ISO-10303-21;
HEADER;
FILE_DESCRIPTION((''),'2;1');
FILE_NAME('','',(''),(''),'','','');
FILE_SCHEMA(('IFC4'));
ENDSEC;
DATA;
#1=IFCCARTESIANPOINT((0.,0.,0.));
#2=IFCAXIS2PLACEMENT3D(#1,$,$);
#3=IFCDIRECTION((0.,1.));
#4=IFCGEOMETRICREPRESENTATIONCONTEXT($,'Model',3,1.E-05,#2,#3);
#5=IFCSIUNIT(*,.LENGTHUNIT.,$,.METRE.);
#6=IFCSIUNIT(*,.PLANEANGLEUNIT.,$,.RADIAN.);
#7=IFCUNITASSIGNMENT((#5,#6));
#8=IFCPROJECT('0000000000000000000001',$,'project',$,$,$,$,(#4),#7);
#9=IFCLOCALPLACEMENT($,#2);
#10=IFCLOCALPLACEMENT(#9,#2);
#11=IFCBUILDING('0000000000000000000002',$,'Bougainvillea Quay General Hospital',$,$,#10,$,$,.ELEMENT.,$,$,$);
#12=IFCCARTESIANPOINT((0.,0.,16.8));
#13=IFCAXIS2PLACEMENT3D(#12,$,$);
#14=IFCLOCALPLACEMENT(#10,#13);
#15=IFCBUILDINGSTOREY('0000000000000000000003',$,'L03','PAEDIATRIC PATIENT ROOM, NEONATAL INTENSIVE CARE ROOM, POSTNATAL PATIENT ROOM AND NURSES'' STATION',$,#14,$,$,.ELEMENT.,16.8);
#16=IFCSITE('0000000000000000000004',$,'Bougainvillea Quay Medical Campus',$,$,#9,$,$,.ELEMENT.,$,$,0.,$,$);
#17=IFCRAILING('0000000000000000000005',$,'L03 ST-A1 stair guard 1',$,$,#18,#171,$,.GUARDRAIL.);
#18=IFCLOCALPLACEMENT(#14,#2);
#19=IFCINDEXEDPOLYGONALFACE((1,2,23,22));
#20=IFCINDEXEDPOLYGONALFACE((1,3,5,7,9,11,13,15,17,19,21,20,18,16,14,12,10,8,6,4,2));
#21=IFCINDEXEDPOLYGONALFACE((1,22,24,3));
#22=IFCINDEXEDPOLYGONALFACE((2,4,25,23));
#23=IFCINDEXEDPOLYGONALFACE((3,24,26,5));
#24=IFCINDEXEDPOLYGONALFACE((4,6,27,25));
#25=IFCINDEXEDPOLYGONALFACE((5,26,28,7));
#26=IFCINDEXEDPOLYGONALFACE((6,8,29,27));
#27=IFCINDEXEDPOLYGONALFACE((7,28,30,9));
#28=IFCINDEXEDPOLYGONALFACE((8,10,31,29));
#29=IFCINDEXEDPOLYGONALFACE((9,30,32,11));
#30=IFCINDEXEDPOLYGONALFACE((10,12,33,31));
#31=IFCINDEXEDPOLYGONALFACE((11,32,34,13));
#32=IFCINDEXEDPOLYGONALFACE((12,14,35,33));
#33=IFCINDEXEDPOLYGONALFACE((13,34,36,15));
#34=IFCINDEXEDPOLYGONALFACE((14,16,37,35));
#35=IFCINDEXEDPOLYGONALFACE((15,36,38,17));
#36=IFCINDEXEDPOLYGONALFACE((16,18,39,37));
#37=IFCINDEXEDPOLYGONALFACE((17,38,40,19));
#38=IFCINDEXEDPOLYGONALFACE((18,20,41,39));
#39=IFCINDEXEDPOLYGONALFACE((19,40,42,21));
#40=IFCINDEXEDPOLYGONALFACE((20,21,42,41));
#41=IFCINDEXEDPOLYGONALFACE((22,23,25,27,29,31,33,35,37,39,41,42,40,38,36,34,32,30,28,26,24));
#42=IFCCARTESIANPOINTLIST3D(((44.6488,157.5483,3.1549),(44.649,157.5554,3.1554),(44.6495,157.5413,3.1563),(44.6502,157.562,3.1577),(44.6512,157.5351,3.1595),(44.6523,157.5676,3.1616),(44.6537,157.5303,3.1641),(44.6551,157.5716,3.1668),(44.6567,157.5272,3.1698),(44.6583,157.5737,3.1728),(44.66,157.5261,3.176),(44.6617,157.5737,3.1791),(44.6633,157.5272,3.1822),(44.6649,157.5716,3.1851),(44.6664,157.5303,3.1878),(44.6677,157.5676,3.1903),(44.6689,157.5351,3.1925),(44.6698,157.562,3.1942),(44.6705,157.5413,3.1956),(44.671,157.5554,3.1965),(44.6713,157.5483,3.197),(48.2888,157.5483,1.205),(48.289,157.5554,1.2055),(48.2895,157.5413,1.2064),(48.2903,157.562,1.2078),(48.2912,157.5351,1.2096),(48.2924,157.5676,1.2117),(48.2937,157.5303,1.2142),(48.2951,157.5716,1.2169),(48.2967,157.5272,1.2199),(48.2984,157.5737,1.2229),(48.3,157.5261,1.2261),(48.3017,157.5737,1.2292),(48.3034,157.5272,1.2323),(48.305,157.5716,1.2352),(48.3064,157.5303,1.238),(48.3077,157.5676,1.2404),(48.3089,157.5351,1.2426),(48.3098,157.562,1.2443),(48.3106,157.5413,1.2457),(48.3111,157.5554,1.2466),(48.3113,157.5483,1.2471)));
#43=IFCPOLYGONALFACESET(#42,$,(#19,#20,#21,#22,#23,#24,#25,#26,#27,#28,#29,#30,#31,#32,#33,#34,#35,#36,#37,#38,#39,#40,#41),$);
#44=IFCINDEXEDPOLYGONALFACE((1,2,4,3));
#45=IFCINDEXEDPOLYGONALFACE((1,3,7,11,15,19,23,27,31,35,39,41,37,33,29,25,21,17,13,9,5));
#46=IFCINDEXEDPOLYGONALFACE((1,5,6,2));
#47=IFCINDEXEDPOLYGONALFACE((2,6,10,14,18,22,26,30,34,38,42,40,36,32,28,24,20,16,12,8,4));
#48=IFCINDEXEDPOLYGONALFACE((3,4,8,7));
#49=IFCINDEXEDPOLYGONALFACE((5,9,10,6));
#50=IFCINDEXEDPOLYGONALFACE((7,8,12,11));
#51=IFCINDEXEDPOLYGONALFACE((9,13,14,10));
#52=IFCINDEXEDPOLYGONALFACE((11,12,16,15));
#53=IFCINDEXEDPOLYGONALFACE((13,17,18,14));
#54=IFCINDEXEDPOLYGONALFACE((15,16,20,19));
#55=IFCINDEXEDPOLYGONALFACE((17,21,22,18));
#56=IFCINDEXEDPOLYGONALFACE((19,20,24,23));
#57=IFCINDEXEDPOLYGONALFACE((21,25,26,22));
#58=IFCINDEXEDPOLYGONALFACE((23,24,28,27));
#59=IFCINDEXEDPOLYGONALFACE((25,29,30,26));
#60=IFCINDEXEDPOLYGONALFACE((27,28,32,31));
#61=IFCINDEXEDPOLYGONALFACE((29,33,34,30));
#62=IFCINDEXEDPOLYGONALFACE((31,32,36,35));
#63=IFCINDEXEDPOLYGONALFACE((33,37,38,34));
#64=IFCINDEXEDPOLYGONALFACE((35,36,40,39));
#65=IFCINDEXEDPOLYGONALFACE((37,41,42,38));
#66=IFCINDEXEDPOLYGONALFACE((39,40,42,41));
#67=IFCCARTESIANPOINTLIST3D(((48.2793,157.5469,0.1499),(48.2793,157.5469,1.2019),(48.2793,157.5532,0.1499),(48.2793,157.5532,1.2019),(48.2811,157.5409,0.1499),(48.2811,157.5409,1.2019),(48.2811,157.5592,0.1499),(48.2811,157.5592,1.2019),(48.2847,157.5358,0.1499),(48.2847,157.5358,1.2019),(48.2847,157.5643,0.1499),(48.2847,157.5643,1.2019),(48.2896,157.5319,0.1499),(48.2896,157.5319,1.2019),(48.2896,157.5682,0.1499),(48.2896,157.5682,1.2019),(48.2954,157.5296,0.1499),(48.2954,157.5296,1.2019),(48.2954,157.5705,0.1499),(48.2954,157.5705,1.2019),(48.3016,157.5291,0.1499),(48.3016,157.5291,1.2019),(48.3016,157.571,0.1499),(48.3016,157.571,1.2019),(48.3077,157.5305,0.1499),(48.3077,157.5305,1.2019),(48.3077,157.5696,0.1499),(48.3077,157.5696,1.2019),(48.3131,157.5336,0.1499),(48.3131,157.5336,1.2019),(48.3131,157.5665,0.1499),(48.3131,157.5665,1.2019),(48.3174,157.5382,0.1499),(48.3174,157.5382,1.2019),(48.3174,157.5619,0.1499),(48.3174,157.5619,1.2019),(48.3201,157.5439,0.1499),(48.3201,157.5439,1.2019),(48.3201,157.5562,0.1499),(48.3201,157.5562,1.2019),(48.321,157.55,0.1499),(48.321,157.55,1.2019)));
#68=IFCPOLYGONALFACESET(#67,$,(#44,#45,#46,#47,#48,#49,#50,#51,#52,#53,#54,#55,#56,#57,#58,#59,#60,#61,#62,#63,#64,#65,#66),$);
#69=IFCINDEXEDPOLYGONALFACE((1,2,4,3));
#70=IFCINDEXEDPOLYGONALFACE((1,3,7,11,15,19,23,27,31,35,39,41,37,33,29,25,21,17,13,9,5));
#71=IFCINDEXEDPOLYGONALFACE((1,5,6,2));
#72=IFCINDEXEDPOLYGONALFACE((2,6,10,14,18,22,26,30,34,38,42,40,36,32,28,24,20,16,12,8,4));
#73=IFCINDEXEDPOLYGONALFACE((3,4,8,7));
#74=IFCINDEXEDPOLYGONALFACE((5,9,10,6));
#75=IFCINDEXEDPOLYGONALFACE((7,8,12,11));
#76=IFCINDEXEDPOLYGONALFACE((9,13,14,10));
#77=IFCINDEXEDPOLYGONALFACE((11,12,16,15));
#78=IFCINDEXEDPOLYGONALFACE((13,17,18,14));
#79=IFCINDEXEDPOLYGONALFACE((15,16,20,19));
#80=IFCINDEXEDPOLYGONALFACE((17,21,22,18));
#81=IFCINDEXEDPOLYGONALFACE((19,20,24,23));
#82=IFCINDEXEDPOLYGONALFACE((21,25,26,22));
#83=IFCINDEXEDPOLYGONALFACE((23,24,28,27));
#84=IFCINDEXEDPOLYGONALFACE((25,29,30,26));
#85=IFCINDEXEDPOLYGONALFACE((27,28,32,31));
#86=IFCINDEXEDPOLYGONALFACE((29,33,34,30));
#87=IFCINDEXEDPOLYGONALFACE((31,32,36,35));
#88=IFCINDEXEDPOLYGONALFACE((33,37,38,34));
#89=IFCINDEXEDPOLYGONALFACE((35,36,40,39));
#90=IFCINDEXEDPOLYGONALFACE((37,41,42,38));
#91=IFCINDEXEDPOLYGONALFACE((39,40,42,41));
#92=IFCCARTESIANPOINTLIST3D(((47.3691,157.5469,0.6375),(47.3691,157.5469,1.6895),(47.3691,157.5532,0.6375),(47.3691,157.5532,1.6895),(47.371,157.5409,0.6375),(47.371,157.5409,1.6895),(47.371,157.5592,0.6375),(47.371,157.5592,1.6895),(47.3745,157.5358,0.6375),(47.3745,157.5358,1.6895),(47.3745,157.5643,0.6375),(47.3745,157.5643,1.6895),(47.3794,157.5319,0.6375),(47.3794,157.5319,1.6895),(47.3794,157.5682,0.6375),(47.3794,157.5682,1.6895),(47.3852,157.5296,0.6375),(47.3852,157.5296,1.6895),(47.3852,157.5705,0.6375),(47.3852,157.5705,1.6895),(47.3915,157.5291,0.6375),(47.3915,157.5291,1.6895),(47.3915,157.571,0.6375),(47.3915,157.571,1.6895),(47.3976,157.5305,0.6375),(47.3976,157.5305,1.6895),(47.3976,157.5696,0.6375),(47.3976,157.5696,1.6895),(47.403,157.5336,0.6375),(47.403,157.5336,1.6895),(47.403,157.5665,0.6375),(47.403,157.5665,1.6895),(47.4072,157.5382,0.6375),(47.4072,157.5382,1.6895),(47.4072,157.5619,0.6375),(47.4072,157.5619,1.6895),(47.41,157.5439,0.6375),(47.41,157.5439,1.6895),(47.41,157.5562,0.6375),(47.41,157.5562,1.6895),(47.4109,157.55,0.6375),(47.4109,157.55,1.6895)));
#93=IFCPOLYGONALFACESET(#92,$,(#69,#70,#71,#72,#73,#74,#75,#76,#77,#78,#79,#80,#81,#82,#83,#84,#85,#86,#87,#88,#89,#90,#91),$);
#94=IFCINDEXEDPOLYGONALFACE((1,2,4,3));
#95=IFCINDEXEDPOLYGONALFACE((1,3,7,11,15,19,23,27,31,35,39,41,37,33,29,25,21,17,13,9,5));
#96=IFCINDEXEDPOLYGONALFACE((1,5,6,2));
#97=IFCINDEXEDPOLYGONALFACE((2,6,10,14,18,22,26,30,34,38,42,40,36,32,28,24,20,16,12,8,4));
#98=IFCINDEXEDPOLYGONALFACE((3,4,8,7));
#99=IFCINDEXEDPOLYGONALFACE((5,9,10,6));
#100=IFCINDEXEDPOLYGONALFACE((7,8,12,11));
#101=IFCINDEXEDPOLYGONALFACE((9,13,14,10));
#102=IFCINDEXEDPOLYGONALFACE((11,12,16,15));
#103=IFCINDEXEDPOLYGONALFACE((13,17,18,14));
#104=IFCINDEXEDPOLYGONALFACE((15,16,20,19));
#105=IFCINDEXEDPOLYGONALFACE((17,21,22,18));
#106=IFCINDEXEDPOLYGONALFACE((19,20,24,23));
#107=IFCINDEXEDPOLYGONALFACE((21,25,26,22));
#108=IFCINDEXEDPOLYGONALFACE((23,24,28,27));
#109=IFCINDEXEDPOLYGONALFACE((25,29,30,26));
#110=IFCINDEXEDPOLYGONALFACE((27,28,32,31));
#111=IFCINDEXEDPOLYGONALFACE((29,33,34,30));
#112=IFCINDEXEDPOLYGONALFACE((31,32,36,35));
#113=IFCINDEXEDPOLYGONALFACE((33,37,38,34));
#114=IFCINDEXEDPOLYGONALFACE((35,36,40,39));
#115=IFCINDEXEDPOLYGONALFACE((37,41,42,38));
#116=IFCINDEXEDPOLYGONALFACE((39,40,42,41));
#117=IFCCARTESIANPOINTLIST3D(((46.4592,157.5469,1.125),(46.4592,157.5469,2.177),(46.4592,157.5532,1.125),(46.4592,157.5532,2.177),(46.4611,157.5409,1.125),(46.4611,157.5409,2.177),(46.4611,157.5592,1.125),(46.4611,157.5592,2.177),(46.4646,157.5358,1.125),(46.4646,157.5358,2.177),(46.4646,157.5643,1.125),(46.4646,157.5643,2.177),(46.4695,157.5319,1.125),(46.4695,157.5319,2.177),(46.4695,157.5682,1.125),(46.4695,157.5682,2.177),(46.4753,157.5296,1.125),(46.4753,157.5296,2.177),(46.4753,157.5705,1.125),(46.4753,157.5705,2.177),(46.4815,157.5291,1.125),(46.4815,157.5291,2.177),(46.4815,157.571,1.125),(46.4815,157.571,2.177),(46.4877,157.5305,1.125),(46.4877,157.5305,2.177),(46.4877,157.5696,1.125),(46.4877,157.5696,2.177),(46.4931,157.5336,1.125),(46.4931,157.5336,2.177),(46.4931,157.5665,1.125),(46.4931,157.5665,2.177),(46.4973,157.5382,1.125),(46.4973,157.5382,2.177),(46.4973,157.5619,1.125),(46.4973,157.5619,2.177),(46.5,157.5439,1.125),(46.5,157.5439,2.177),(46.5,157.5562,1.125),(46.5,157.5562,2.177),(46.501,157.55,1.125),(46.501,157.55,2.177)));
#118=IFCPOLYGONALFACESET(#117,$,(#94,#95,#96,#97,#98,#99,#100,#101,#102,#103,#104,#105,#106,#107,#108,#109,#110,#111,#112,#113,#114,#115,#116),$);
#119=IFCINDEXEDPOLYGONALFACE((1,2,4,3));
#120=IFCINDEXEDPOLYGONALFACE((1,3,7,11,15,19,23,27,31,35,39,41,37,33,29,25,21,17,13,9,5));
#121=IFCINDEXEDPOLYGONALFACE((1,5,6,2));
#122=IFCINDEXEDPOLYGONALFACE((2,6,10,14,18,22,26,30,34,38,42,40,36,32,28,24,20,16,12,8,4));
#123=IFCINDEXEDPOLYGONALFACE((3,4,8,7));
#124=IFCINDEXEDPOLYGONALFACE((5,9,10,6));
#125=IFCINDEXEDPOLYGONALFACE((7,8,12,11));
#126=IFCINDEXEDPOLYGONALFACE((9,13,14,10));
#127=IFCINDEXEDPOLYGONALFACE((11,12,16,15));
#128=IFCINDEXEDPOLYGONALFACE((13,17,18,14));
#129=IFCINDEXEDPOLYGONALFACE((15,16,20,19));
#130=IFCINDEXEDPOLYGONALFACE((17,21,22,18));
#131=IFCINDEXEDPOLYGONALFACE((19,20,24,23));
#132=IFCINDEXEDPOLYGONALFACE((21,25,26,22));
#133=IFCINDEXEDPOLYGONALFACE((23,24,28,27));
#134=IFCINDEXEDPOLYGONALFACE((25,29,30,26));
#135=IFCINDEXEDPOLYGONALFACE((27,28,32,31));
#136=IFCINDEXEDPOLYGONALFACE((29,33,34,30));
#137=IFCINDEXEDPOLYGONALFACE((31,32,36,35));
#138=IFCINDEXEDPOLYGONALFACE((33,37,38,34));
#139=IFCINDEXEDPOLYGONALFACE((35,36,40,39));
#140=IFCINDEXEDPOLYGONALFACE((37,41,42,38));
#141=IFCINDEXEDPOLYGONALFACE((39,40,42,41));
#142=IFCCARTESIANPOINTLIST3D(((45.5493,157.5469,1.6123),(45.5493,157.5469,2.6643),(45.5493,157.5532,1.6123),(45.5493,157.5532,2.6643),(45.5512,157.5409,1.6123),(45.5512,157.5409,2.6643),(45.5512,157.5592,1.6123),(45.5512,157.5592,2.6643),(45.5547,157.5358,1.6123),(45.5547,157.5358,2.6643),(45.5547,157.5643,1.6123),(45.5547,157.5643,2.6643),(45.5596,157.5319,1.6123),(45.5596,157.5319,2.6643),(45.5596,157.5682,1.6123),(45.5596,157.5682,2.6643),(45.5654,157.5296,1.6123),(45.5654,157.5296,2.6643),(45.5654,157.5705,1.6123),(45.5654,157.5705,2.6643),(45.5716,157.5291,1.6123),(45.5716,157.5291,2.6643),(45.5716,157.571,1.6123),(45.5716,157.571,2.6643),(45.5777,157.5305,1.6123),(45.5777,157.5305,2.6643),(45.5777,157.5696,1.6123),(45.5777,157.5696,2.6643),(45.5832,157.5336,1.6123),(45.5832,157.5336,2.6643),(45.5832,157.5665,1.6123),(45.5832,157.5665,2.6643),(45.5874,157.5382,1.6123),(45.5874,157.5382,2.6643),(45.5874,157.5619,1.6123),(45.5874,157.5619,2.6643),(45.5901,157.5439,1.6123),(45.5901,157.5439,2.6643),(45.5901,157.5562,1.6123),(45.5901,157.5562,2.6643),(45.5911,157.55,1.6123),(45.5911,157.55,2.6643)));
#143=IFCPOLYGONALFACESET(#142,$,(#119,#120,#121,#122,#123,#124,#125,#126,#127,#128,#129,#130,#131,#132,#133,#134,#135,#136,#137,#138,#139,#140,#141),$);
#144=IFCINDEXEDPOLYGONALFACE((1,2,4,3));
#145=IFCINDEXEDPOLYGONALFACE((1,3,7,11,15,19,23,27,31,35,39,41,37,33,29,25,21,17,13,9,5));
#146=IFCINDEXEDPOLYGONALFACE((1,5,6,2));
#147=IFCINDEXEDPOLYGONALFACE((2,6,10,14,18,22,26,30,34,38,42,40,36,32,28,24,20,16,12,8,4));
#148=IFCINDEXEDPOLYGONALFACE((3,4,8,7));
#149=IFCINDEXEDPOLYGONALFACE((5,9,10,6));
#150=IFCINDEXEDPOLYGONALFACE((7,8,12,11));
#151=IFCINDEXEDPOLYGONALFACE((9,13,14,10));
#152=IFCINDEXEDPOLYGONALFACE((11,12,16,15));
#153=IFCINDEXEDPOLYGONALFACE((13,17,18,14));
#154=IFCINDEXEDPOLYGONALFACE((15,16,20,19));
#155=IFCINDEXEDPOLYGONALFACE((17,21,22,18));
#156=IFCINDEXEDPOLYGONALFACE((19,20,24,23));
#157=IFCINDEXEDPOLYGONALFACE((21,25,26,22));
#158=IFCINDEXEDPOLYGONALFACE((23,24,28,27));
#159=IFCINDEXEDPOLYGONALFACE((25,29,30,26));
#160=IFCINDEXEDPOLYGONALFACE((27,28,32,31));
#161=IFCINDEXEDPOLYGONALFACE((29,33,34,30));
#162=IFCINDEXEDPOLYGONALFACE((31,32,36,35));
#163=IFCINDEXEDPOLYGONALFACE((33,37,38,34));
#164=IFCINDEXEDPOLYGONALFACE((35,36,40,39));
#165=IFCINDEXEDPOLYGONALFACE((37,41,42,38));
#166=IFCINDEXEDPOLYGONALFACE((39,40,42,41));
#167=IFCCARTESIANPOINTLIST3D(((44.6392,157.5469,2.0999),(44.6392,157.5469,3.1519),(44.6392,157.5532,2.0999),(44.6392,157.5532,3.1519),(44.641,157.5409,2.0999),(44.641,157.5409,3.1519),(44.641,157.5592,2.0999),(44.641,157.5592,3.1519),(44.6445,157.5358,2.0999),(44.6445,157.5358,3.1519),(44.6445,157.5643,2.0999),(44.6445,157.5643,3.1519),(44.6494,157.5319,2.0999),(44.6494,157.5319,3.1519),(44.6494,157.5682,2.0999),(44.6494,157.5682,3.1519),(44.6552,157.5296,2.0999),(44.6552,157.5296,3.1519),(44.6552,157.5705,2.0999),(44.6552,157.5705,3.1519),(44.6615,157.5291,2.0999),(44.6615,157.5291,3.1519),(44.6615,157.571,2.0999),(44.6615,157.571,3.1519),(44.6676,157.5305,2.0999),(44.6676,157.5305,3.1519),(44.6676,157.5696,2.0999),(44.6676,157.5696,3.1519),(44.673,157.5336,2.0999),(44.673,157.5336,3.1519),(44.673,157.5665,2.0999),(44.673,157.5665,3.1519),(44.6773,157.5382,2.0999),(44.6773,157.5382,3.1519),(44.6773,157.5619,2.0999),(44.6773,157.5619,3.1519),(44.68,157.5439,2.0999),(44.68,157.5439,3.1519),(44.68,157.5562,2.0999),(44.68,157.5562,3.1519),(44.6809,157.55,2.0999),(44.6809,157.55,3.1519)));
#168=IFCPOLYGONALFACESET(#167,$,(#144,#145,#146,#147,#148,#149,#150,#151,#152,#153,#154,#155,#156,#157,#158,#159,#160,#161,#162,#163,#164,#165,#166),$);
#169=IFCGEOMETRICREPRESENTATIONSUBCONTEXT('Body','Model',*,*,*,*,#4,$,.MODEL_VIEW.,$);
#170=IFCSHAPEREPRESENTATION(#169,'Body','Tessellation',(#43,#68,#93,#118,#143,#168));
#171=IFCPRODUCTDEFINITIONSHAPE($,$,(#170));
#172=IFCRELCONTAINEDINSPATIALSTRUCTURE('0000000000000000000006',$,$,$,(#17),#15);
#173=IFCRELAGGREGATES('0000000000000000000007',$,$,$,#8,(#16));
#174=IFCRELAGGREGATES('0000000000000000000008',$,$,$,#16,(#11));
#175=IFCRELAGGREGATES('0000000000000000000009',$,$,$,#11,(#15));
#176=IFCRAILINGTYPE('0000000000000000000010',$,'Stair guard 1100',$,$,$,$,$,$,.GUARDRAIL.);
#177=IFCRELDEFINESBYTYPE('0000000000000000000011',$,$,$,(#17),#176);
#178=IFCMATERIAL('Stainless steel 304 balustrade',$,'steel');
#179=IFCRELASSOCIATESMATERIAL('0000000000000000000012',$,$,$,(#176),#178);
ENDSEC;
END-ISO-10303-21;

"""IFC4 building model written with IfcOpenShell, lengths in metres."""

from ifc_helpers import new_model, si_unit, direction, frame, origin, origin_2d, place, context, subcontext, project, spatial, circle, extrude, material, type_object, element, save


model = new_model("IFC4")

# Units and contexts
model_context = context("Model", 3, precision=1e-05, world=origin(), true_north=direction((0.0, 1.0)))
body_context = subcontext(model_context, "Body", "Model", "MODEL_VIEW")
ifc_project = project(units=[si_unit("LENGTHUNIT", "METRE"), si_unit("PLANEANGLEUNIT", "RADIAN")], contexts=[model_context])

# Site, building, storey
site_placement = place(None, origin())
site = spatial("IfcSite", under=ifc_project, at=site_placement, Name="Bougainvillea Quay Medical Campus", CompositionType="ELEMENT", RefElevation=0.0)
building_placement = place(site_placement, origin())
building = spatial("IfcBuilding", under=site, at=building_placement, Name="Bougainvillea Quay General Hospital", CompositionType="ELEMENT")
storey_placement = place(building_placement, frame((0.0, 0.0, 16.8)))
storey = spatial("IfcBuildingStorey", under=building, at=storey_placement, Name="L03", Description="PAEDIATRIC PATIENT ROOM, NEONATAL INTENSIVE CARE ROOM, POSTNATAL PATIENT ROOM AND NURSES' STATION", CompositionType="ELEMENT", Elevation=16.8)

# Railing
ifc_material_1 = material(Name="Stainless steel 304 balustrade", Category="steel")
railing_type_1 = type_object("IfcRailingType", Name="Stair guard 1100", PredefinedType="GUARDRAIL", material=ifc_material_1)
railing_1_placement = place(storey_placement, frame((48.3, 157.55, 0.1499)))
element("IfcRailing", 1, at=railing_1_placement, inside=storey, type_object=railing_type_1, Name="L03 ST-A1 stair guard 1", PredefinedType="GUARDRAIL", context=body_context, shape_type="SweptSolid", body=[
    extrude(circle(Radius=0.0239, at=origin_2d()), frame((0.0, 0.0, 1.0762), z_axis=(-0.881492, 0.0, 0.472198), x_axis=(0.0, -1.0, 0.0)), (0.0, 0.0, 1.0), 4.1294),
    extrude(circle(Radius=0.021, at=origin_2d()), origin(), (0.0, 0.0, 1.0), 1.052),
    extrude(circle(Radius=0.021, at=origin_2d()), frame((-0.9102, 0.0, 0.4875)), (0.0, 0.0, 1.0), 1.052),
    extrude(circle(Radius=0.021, at=origin_2d()), frame((-1.8201, 0.0, 0.9751)), (0.0, 0.0, 1.0), 1.052),
    extrude(circle(Radius=0.021, at=origin_2d()), frame((-2.73, 0.0, 1.4624)), (0.0, 0.0, 1.0), 1.052),
    extrude(circle(Radius=0.021, at=origin_2d()), frame((-3.6401, 0.0, 1.95)), (0.0, 0.0, 1.0), 1.052),
])

save(model, "model.ifc")
